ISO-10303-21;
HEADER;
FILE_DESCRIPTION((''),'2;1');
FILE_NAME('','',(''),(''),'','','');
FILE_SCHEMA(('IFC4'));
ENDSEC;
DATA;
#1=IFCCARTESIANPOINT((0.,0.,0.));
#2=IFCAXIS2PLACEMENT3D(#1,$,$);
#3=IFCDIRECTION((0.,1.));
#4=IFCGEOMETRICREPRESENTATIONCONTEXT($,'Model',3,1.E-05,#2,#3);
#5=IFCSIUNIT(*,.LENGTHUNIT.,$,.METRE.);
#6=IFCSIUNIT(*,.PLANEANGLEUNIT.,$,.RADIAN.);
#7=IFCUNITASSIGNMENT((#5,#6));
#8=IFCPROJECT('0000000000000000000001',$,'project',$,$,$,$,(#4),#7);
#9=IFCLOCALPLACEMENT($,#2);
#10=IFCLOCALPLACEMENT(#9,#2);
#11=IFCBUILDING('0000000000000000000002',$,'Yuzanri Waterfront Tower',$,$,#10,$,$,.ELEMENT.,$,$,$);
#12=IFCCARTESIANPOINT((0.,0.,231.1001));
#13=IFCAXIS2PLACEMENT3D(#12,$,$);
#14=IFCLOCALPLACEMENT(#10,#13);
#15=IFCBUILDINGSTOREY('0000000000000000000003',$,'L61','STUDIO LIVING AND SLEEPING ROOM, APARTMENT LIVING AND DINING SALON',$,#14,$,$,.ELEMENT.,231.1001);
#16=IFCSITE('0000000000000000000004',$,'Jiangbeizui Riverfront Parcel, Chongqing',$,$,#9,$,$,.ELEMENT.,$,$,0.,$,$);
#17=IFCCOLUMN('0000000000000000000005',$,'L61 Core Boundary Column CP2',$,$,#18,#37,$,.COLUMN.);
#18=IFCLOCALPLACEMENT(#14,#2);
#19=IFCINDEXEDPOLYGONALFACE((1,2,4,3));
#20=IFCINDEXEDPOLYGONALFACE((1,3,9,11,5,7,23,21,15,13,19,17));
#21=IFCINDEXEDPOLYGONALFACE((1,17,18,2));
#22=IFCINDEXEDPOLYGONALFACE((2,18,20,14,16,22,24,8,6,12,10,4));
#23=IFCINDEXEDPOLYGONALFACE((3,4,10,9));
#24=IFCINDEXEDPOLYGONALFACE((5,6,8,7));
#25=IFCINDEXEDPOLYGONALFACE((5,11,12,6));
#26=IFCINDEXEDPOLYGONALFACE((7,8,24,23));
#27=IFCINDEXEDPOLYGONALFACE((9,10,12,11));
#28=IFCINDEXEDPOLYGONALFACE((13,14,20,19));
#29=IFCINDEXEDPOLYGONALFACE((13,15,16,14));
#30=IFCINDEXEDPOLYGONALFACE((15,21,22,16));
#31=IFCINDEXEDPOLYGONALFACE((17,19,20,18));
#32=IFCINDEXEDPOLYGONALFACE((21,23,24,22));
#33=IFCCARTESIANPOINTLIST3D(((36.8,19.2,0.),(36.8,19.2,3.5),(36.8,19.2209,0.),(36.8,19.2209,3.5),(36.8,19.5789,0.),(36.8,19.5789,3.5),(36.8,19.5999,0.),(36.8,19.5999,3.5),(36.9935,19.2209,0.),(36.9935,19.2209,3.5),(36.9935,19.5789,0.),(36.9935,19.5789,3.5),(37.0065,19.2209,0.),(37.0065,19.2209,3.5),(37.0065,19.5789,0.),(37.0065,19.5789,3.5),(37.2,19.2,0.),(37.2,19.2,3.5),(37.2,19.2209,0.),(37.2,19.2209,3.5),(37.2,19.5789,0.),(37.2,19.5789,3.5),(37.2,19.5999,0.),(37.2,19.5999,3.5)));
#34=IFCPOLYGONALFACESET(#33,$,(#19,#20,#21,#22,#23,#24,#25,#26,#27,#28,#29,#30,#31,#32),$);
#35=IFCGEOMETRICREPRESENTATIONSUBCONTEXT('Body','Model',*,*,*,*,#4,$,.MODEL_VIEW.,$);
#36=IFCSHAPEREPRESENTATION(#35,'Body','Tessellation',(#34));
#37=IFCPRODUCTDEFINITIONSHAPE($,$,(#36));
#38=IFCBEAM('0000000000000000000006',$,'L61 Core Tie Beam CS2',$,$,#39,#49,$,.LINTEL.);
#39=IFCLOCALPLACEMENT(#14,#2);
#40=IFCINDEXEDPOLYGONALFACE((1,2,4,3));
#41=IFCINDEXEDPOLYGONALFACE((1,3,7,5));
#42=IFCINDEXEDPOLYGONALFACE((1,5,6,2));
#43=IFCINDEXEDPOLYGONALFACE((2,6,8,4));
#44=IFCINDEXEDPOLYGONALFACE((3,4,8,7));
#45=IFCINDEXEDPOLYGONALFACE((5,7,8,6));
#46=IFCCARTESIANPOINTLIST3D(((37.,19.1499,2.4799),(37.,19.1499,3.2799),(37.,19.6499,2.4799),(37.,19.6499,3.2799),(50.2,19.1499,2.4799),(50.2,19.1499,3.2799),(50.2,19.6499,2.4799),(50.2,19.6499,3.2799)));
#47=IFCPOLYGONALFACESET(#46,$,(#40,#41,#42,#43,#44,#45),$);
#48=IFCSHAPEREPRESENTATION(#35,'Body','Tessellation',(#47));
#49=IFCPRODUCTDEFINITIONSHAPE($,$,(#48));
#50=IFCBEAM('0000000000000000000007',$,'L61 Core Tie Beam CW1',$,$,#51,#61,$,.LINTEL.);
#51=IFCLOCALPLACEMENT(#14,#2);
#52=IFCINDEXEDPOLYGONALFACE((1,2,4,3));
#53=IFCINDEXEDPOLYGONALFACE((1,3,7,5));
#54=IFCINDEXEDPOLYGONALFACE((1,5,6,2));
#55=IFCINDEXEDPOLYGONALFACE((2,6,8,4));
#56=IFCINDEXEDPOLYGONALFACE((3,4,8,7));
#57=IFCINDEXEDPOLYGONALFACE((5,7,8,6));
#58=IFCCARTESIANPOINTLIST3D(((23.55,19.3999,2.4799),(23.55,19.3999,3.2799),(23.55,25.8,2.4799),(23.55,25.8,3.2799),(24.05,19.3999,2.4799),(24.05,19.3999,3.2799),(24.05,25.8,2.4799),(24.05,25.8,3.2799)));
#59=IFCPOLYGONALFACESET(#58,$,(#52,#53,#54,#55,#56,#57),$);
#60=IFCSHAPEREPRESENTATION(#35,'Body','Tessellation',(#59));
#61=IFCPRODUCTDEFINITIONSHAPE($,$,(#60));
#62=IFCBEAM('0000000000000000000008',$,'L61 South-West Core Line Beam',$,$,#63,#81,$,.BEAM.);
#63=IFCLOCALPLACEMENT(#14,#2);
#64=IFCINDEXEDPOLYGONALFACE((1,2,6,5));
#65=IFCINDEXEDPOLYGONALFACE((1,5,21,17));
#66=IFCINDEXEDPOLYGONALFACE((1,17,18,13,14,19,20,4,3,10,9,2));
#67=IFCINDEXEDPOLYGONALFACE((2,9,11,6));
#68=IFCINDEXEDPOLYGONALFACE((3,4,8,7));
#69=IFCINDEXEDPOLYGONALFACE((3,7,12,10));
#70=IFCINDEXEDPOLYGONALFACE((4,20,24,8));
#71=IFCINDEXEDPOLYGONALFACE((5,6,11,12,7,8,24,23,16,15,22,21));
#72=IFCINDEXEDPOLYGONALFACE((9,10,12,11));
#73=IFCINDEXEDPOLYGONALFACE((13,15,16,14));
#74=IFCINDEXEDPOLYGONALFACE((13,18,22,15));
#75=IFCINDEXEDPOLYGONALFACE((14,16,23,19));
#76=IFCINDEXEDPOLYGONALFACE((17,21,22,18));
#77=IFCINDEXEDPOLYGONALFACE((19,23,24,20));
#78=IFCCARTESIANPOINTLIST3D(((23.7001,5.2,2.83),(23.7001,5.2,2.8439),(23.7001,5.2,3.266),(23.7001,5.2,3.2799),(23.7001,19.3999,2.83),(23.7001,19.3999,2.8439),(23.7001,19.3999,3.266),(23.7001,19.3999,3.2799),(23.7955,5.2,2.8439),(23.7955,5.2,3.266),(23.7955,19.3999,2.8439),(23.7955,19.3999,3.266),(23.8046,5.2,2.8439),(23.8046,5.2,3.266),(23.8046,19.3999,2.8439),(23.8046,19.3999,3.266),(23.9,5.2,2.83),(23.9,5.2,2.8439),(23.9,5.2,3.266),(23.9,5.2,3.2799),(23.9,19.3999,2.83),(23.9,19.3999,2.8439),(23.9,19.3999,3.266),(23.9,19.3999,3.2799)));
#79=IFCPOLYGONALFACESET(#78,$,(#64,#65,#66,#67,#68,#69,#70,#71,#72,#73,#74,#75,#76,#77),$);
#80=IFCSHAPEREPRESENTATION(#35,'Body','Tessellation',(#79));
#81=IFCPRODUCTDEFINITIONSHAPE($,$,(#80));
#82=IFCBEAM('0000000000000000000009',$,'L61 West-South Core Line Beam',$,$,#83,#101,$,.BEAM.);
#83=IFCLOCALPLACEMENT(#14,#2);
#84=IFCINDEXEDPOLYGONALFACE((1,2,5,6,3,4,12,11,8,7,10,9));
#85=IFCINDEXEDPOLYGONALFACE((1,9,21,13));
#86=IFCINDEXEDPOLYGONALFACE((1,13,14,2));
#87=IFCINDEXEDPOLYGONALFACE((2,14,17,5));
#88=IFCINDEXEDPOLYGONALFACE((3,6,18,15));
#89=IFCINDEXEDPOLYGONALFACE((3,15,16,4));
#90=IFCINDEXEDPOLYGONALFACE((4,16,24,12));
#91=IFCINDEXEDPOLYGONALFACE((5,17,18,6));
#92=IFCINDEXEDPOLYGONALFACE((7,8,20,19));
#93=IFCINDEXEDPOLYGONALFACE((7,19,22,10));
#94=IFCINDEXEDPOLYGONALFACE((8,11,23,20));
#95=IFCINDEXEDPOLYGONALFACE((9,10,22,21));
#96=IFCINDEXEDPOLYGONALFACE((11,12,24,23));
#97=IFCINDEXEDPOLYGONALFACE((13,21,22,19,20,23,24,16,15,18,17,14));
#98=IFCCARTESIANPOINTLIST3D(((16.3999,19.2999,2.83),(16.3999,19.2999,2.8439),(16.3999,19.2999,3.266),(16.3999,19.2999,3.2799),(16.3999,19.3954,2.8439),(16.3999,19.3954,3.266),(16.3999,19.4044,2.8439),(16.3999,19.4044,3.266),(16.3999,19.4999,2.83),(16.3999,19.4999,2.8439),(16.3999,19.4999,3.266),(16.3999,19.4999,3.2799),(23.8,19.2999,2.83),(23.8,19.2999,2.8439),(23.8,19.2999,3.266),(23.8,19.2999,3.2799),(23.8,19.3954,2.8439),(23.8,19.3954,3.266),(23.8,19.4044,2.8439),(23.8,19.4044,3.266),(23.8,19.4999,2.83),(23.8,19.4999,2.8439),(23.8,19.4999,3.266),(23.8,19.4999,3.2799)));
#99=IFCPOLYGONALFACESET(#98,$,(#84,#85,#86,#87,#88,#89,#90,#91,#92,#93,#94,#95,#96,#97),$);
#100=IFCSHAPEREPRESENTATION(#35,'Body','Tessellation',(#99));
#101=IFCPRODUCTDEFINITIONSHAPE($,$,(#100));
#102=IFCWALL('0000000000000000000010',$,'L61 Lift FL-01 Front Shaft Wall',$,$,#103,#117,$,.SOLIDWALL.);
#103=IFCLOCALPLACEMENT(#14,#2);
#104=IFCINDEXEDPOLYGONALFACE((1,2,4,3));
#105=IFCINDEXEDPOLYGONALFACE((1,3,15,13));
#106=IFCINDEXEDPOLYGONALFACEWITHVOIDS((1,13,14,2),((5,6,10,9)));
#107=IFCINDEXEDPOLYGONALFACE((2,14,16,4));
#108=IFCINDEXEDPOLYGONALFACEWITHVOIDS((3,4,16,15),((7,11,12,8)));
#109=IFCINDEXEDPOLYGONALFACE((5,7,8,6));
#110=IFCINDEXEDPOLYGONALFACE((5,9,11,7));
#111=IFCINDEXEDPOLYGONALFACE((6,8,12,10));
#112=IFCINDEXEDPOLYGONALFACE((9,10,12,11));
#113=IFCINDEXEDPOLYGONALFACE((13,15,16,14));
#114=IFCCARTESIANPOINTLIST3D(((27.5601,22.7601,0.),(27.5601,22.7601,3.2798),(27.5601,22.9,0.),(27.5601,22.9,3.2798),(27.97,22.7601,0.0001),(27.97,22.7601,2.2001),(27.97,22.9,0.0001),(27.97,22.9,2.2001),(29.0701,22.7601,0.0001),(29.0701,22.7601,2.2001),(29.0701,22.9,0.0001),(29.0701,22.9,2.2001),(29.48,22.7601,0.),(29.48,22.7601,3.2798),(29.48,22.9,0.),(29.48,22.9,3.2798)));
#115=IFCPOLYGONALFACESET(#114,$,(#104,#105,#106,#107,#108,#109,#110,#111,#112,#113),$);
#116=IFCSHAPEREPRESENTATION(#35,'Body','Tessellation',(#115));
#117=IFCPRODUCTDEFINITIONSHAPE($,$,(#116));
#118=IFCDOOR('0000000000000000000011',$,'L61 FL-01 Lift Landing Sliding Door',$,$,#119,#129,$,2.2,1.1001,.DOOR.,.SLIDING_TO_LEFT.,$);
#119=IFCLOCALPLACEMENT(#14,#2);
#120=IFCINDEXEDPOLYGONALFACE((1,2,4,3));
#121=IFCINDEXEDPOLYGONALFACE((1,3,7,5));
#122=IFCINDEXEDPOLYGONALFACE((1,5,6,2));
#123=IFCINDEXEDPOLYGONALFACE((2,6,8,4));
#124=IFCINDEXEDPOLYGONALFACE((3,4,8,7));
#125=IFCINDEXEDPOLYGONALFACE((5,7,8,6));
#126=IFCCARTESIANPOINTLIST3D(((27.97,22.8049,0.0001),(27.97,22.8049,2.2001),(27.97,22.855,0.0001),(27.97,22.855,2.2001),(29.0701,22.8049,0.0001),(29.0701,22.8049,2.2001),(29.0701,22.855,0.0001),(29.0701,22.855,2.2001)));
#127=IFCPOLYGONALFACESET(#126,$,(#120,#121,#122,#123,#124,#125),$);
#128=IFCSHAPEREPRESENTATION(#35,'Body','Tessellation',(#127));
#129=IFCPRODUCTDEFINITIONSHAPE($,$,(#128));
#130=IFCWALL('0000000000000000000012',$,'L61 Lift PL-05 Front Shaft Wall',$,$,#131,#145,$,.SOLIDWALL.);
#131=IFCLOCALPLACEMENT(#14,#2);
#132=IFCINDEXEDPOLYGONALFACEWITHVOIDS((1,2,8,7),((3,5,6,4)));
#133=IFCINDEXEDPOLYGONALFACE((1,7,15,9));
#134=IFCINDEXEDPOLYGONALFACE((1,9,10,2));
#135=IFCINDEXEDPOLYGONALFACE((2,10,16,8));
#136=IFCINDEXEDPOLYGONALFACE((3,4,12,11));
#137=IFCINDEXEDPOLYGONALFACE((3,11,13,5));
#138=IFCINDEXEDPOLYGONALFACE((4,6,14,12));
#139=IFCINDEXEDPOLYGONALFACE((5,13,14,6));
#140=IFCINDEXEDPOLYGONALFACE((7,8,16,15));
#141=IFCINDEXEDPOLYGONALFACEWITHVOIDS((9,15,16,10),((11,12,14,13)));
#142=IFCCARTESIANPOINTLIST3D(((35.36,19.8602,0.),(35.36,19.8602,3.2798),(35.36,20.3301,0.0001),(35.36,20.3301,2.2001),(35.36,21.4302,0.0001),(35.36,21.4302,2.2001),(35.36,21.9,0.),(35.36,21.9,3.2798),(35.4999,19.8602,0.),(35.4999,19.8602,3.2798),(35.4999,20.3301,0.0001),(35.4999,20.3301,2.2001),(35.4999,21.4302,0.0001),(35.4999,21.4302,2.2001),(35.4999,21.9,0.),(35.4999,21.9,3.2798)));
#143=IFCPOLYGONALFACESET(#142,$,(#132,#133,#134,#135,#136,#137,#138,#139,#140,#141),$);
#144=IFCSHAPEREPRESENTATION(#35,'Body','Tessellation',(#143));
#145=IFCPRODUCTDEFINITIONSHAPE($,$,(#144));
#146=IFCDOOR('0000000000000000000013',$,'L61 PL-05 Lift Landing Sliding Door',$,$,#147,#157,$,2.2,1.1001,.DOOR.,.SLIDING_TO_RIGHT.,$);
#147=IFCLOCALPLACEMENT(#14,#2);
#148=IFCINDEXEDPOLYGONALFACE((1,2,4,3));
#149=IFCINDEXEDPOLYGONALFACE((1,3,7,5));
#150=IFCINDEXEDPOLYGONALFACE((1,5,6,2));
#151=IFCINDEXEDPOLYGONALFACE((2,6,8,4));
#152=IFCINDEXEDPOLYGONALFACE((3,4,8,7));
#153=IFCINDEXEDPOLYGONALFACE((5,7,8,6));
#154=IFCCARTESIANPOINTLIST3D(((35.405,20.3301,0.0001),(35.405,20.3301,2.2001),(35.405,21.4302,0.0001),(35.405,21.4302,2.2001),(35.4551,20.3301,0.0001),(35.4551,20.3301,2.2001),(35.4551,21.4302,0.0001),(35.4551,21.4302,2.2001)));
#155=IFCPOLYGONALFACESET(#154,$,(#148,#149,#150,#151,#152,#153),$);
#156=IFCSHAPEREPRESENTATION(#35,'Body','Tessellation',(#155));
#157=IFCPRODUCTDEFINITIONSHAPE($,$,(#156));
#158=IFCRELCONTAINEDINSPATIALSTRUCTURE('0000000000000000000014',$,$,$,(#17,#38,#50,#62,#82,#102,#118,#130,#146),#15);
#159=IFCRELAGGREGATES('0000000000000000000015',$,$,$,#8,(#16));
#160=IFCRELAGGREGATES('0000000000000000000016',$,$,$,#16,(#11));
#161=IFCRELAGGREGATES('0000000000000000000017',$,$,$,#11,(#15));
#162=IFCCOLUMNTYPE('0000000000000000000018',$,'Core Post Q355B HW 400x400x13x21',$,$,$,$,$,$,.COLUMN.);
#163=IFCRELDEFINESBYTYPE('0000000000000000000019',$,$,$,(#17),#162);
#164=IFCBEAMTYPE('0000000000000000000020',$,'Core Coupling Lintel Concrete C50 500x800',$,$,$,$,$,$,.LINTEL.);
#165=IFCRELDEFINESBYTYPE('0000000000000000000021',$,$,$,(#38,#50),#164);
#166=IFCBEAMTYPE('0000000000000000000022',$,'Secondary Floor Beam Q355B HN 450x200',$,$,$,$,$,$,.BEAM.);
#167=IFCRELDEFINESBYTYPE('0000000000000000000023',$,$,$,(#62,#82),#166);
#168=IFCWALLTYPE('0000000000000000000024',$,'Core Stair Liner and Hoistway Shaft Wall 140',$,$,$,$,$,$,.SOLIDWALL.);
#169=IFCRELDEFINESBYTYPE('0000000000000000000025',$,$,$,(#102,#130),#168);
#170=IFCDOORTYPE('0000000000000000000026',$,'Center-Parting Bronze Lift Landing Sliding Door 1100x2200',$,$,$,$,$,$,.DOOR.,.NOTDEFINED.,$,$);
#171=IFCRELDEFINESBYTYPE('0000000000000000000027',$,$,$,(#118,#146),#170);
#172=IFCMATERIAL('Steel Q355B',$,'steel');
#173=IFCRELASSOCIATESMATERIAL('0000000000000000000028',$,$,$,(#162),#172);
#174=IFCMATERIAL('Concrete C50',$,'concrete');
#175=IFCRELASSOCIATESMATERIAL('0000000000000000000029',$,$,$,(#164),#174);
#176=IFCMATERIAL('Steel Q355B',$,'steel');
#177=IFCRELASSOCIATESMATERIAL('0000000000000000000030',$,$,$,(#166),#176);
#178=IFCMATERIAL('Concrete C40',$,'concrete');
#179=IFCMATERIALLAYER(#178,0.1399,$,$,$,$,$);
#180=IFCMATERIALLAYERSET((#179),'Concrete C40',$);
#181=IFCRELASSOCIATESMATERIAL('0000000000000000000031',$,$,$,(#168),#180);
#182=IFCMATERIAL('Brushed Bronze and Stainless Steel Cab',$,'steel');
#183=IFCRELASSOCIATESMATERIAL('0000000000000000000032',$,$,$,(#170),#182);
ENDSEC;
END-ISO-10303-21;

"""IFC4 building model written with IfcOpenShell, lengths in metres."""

from ifc_helpers import new_model, si_unit, direction, frame, frame_2d, origin, origin_2d, place, context, subcontext, project, spatial, rectangle, i_section, extrude, source, transform, mapped, material, layer, layer_set, material_profile, profile_set, type_object, element, fill, save


model = new_model("IFC4")

# Units and contexts
model_context = context("Model", 3, precision=1e-05, world=origin(), true_north=direction((0.0, 1.0)))
body_context = subcontext(model_context, "Body", "Model", "MODEL_VIEW")
ifc_project = project(units=[si_unit("LENGTHUNIT", "METRE"), si_unit("PLANEANGLEUNIT", "RADIAN")], contexts=[model_context])

# Site, building, storey
site_placement = place(None, origin())
site = spatial("IfcSite", under=ifc_project, at=site_placement, Name="Jiangbeizui Riverfront Parcel, Chongqing", CompositionType="ELEMENT", RefElevation=0.0)
building_placement = place(site_placement, origin())
building = spatial("IfcBuilding", under=site, at=building_placement, Name="Yuzanri Waterfront Tower", CompositionType="ELEMENT")
storey_placement = place(building_placement, frame((0.0, 0.0, 231.1001)))
storey = spatial("IfcBuildingStorey", under=building, at=storey_placement, Name="L61", Description="STUDIO LIVING AND SLEEPING ROOM, APARTMENT LIVING AND DINING SALON", CompositionType="ELEMENT", Elevation=231.1001)

# Column
ifc_material_1 = material(Name="Steel Q355B", Category="steel")
ifc_material_profile_1 = material_profile(ifc_material_1, i_section(OverallWidth=0.3999, OverallDepth=0.3999, WebThickness=0.0129, FlangeThickness=0.021, at=origin_2d()), Name="HW 400x400x13x21")
ifc_profile_set_1 = profile_set([ifc_material_profile_1], Name="Steel Q355B")
column_type = type_object("IfcColumnType", Name="Core Post Q355B HW 400x400x13x21", PredefinedType="COLUMN", material=ifc_profile_set_1)
shared_shape_1 = source(origin(), body_context, "Body", "SweptSolid", [
    extrude(i_section(OverallWidth=0.3999, OverallDepth=0.3999, WebThickness=0.0129, FlangeThickness=0.021, at=origin_2d()), origin(), (0.0, 0.0, 1.0), 3.5),
])
column_placement = place(storey_placement, frame((37.0, 19.3999, 0.0), z_axis=(0.0, 0.0, 1.0), x_axis=(1.0, 0.0, 0.0)))
element("IfcColumn", 1, at=column_placement, inside=storey, type_object=column_type, Name="L61 Core Boundary Column CP2", PredefinedType="COLUMN", context=body_context, shape_type="MappedRepresentation", body=[
    mapped(shared_shape_1, transform((0.0, 0.0, 0.0), scale=1.0)),
])

# Beams
ifc_material_2 = material(Name="Concrete C50", Category="concrete")
ifc_material_profile_2 = material_profile(ifc_material_2, rectangle(XDim=0.5, YDim=0.8, at=origin_2d()), Name="RC 500x800")
ifc_profile_set_2 = profile_set([ifc_material_profile_2], Name="Concrete C50")
beam_type_1 = type_object("IfcBeamType", Name="Core Coupling Lintel Concrete C50 500x800", PredefinedType="LINTEL", material=ifc_profile_set_2)
shared_shape_2 = source(origin(), body_context, "Body", "SweptSolid", [
    extrude(rectangle(XDim=0.5, YDim=0.8, at=origin_2d()), origin(), (0.0, 0.0, 1.0), 13.2),
])
beam_1_placement = place(storey_placement, frame((37.0, 19.3999, 2.8799), z_axis=(1.0, 0.0, 0.0), x_axis=(0.0, 1.0, 0.0)))
element("IfcBeam", 2, at=beam_1_placement, inside=storey, type_object=beam_type_1, Name="L61 Core Tie Beam CS2", PredefinedType="LINTEL", context=body_context, shape_type="MappedRepresentation", body=[
    mapped(shared_shape_2, transform((0.0, 0.0, 0.0), scale=1.0)),
])
shared_shape_3 = source(origin(), body_context, "Body", "SweptSolid", [
    extrude(rectangle(XDim=0.5, YDim=0.8, at=origin_2d()), origin(), (0.0, 0.0, 1.0), 6.4001),
])
beam_2_placement = place(storey_placement, frame((23.8, 19.3999, 2.8799), z_axis=(0.0, 1.0, 0.0), x_axis=(-1.0, 0.0, 0.0)))
element("IfcBeam", 3, at=beam_2_placement, inside=storey, type_object=beam_type_1, Name="L61 Core Tie Beam CW1", PredefinedType="LINTEL", context=body_context, shape_type="MappedRepresentation", body=[
    mapped(shared_shape_3, transform((0.0, 0.0, 0.0), scale=1.0)),
])
ifc_material_3 = material(Name="Steel Q355B", Category="steel")
ifc_material_profile_3 = material_profile(ifc_material_3, i_section(OverallWidth=0.2, OverallDepth=0.45, WebThickness=0.009, FlangeThickness=0.0139, at=origin_2d()), Name="HN 450x200x9x14")
ifc_profile_set_3 = profile_set([ifc_material_profile_3], Name="Steel Q355B")
beam_type_2 = type_object("IfcBeamType", Name="Secondary Floor Beam Q355B HN 450x200", PredefinedType="BEAM", material=ifc_profile_set_3)
shared_shape_4 = source(origin(), body_context, "Body", "SweptSolid", [
    extrude(i_section(OverallWidth=0.2, OverallDepth=0.45, WebThickness=0.009, FlangeThickness=0.0139, at=origin_2d()), origin(), (0.0, 0.0, 1.0), 14.2),
])
beam_3_placement = place(storey_placement, frame((23.8, 19.3999, 3.0549), z_axis=(0.0, -1.0, 0.0), x_axis=(1.0, 0.0, 0.0)))
element("IfcBeam", 4, at=beam_3_placement, inside=storey, type_object=beam_type_2, Name="L61 South-West Core Line Beam", PredefinedType="BEAM", context=body_context, shape_type="MappedRepresentation", body=[
    mapped(shared_shape_4, transform((0.0, 0.0, 0.0), scale=1.0)),
])
shared_shape_5 = source(origin(), body_context, "Body", "SweptSolid", [
    extrude(i_section(OverallWidth=0.2, OverallDepth=0.45, WebThickness=0.009, FlangeThickness=0.0139, at=origin_2d()), origin(), (0.0, 0.0, 1.0), 7.4001),
])
beam_4_placement = place(storey_placement, frame((23.8, 19.3999, 3.0549), z_axis=(-1.0, 0.0, 0.0), x_axis=(0.0, -1.0, 0.0)))
element("IfcBeam", 5, at=beam_4_placement, inside=storey, type_object=beam_type_2, Name="L61 West-South Core Line Beam", PredefinedType="BEAM", context=body_context, shape_type="MappedRepresentation", body=[
    mapped(shared_shape_5, transform((0.0, 0.0, 0.0), scale=1.0)),
])

# Walls, openings, doors
ifc_material_4 = material(Name="Concrete C40", Category="concrete")
ifc_layer_1 = layer(ifc_material_4, 0.1399)
ifc_layer_set_1 = layer_set([ifc_layer_1], Name="Concrete C40")
wall_type_1 = type_object("IfcWallType", Name="Core Stair Liner and Hoistway Shaft Wall 140", PredefinedType="SOLIDWALL", material=ifc_layer_set_1)
wall_1_placement = place(storey_placement, frame((27.5601, 22.8301, 0.0), z_axis=(0.0, 0.0, 1.0), x_axis=(1.0, 0.0, 0.0)))
wall_1 = element("IfcWall", 6, at=wall_1_placement, inside=storey, type_object=wall_type_1, Name="L61 Lift FL-01 Front Shaft Wall", PredefinedType="SOLIDWALL", context=body_context, shape_type="SweptSolid", body=[
    extrude(rectangle(XDim=1.9199, YDim=0.1399, at=frame_2d((0.96, 0.0))), origin(), (0.0, 0.0, 1.0), 3.2798),
])
opening_1_placement = place(wall_1_placement, frame((0.4099, 0.0, 0.0)))
opening_1 = element("IfcOpeningElement", 7, at=opening_1_placement, cuts=wall_1, PredefinedType="OPENING", context=body_context, shape_type="SweptSolid", body=[
    extrude(rectangle(XDim=1.1001, YDim=2.2, at=frame_2d((0.55, 1.1001))), frame((0.0, 0.085, 0.0), z_axis=(0.0, -1.0, 0.0), x_axis=(1.0, 0.0, 0.0)), (0.0, 0.0, 1.0), 0.1697),
])
ifc_material_5 = material(Name="Brushed Bronze and Stainless Steel Cab", Category="steel")
door_type_1 = type_object("IfcDoorType", Name="Center-Parting Bronze Lift Landing Sliding Door 1100x2200", OperationType="NOTDEFINED", PredefinedType="DOOR", material=ifc_material_5)
shared_shape_6 = source(origin(), body_context, "Body", "SweptSolid", [
    extrude(rectangle(XDim=1.1001, YDim=2.2, at=frame_2d((0.55, 1.1001))), frame((0.0, 0.0249, 0.0), z_axis=(0.0, -1.0, 0.0), x_axis=(1.0, 0.0, 0.0)), (0.0, 0.0, 1.0), 0.05),
])
door_1_placement = place(opening_1_placement, origin())
door_1 = element("IfcDoor", 8, at=door_1_placement, inside=storey, type_object=door_type_1, Name="L61 FL-01 Lift Landing Sliding Door", OperationType="SLIDING_TO_LEFT", OverallHeight=2.2, OverallWidth=1.1001, PredefinedType="DOOR", context=body_context, shape_type="MappedRepresentation", body=[
    mapped(shared_shape_6, transform((0.0, 0.0, 0.0), scale=1.0)),
])
fill(opening_1, door_1)
wall_2_placement = place(storey_placement, frame((35.4299, 19.8601, 0.0), z_axis=(0.0, 0.0, 1.0), x_axis=(0.0, 1.0, 0.0)))
wall_2 = element("IfcWall", 9, at=wall_2_placement, inside=storey, type_object=wall_type_1, Name="L61 Lift PL-05 Front Shaft Wall", PredefinedType="SOLIDWALL", context=body_context, shape_type="SweptSolid", body=[
    extrude(rectangle(XDim=2.0398, YDim=0.1399, at=frame_2d((1.02, 0.0))), origin(), (0.0, 0.0, 1.0), 3.2798),
])
opening_2_placement = place(wall_2_placement, frame((0.47, 0.0, 0.0)))
opening_2 = element("IfcOpeningElement", 10, at=opening_2_placement, cuts=wall_2, PredefinedType="OPENING", context=body_context, shape_type="SweptSolid", body=[
    extrude(rectangle(XDim=1.1001, YDim=2.2, at=frame_2d((0.55, 1.1001))), frame((0.0, 0.085, 0.0), z_axis=(0.0, -1.0, 0.0), x_axis=(1.0, 0.0, 0.0)), (0.0, 0.0, 1.0), 0.1697),
])
door_2_placement = place(opening_2_placement, origin())
door_2 = element("IfcDoor", 11, at=door_2_placement, inside=storey, type_object=door_type_1, Name="L61 PL-05 Lift Landing Sliding Door", OperationType="SLIDING_TO_RIGHT", OverallHeight=2.2, OverallWidth=1.1001, PredefinedType="DOOR", context=body_context, shape_type="MappedRepresentation", body=[
    mapped(shared_shape_6, transform((0.0, 0.0, 0.0), scale=1.0)),
])
fill(opening_2, door_2)

save(model, "model.ifc")
